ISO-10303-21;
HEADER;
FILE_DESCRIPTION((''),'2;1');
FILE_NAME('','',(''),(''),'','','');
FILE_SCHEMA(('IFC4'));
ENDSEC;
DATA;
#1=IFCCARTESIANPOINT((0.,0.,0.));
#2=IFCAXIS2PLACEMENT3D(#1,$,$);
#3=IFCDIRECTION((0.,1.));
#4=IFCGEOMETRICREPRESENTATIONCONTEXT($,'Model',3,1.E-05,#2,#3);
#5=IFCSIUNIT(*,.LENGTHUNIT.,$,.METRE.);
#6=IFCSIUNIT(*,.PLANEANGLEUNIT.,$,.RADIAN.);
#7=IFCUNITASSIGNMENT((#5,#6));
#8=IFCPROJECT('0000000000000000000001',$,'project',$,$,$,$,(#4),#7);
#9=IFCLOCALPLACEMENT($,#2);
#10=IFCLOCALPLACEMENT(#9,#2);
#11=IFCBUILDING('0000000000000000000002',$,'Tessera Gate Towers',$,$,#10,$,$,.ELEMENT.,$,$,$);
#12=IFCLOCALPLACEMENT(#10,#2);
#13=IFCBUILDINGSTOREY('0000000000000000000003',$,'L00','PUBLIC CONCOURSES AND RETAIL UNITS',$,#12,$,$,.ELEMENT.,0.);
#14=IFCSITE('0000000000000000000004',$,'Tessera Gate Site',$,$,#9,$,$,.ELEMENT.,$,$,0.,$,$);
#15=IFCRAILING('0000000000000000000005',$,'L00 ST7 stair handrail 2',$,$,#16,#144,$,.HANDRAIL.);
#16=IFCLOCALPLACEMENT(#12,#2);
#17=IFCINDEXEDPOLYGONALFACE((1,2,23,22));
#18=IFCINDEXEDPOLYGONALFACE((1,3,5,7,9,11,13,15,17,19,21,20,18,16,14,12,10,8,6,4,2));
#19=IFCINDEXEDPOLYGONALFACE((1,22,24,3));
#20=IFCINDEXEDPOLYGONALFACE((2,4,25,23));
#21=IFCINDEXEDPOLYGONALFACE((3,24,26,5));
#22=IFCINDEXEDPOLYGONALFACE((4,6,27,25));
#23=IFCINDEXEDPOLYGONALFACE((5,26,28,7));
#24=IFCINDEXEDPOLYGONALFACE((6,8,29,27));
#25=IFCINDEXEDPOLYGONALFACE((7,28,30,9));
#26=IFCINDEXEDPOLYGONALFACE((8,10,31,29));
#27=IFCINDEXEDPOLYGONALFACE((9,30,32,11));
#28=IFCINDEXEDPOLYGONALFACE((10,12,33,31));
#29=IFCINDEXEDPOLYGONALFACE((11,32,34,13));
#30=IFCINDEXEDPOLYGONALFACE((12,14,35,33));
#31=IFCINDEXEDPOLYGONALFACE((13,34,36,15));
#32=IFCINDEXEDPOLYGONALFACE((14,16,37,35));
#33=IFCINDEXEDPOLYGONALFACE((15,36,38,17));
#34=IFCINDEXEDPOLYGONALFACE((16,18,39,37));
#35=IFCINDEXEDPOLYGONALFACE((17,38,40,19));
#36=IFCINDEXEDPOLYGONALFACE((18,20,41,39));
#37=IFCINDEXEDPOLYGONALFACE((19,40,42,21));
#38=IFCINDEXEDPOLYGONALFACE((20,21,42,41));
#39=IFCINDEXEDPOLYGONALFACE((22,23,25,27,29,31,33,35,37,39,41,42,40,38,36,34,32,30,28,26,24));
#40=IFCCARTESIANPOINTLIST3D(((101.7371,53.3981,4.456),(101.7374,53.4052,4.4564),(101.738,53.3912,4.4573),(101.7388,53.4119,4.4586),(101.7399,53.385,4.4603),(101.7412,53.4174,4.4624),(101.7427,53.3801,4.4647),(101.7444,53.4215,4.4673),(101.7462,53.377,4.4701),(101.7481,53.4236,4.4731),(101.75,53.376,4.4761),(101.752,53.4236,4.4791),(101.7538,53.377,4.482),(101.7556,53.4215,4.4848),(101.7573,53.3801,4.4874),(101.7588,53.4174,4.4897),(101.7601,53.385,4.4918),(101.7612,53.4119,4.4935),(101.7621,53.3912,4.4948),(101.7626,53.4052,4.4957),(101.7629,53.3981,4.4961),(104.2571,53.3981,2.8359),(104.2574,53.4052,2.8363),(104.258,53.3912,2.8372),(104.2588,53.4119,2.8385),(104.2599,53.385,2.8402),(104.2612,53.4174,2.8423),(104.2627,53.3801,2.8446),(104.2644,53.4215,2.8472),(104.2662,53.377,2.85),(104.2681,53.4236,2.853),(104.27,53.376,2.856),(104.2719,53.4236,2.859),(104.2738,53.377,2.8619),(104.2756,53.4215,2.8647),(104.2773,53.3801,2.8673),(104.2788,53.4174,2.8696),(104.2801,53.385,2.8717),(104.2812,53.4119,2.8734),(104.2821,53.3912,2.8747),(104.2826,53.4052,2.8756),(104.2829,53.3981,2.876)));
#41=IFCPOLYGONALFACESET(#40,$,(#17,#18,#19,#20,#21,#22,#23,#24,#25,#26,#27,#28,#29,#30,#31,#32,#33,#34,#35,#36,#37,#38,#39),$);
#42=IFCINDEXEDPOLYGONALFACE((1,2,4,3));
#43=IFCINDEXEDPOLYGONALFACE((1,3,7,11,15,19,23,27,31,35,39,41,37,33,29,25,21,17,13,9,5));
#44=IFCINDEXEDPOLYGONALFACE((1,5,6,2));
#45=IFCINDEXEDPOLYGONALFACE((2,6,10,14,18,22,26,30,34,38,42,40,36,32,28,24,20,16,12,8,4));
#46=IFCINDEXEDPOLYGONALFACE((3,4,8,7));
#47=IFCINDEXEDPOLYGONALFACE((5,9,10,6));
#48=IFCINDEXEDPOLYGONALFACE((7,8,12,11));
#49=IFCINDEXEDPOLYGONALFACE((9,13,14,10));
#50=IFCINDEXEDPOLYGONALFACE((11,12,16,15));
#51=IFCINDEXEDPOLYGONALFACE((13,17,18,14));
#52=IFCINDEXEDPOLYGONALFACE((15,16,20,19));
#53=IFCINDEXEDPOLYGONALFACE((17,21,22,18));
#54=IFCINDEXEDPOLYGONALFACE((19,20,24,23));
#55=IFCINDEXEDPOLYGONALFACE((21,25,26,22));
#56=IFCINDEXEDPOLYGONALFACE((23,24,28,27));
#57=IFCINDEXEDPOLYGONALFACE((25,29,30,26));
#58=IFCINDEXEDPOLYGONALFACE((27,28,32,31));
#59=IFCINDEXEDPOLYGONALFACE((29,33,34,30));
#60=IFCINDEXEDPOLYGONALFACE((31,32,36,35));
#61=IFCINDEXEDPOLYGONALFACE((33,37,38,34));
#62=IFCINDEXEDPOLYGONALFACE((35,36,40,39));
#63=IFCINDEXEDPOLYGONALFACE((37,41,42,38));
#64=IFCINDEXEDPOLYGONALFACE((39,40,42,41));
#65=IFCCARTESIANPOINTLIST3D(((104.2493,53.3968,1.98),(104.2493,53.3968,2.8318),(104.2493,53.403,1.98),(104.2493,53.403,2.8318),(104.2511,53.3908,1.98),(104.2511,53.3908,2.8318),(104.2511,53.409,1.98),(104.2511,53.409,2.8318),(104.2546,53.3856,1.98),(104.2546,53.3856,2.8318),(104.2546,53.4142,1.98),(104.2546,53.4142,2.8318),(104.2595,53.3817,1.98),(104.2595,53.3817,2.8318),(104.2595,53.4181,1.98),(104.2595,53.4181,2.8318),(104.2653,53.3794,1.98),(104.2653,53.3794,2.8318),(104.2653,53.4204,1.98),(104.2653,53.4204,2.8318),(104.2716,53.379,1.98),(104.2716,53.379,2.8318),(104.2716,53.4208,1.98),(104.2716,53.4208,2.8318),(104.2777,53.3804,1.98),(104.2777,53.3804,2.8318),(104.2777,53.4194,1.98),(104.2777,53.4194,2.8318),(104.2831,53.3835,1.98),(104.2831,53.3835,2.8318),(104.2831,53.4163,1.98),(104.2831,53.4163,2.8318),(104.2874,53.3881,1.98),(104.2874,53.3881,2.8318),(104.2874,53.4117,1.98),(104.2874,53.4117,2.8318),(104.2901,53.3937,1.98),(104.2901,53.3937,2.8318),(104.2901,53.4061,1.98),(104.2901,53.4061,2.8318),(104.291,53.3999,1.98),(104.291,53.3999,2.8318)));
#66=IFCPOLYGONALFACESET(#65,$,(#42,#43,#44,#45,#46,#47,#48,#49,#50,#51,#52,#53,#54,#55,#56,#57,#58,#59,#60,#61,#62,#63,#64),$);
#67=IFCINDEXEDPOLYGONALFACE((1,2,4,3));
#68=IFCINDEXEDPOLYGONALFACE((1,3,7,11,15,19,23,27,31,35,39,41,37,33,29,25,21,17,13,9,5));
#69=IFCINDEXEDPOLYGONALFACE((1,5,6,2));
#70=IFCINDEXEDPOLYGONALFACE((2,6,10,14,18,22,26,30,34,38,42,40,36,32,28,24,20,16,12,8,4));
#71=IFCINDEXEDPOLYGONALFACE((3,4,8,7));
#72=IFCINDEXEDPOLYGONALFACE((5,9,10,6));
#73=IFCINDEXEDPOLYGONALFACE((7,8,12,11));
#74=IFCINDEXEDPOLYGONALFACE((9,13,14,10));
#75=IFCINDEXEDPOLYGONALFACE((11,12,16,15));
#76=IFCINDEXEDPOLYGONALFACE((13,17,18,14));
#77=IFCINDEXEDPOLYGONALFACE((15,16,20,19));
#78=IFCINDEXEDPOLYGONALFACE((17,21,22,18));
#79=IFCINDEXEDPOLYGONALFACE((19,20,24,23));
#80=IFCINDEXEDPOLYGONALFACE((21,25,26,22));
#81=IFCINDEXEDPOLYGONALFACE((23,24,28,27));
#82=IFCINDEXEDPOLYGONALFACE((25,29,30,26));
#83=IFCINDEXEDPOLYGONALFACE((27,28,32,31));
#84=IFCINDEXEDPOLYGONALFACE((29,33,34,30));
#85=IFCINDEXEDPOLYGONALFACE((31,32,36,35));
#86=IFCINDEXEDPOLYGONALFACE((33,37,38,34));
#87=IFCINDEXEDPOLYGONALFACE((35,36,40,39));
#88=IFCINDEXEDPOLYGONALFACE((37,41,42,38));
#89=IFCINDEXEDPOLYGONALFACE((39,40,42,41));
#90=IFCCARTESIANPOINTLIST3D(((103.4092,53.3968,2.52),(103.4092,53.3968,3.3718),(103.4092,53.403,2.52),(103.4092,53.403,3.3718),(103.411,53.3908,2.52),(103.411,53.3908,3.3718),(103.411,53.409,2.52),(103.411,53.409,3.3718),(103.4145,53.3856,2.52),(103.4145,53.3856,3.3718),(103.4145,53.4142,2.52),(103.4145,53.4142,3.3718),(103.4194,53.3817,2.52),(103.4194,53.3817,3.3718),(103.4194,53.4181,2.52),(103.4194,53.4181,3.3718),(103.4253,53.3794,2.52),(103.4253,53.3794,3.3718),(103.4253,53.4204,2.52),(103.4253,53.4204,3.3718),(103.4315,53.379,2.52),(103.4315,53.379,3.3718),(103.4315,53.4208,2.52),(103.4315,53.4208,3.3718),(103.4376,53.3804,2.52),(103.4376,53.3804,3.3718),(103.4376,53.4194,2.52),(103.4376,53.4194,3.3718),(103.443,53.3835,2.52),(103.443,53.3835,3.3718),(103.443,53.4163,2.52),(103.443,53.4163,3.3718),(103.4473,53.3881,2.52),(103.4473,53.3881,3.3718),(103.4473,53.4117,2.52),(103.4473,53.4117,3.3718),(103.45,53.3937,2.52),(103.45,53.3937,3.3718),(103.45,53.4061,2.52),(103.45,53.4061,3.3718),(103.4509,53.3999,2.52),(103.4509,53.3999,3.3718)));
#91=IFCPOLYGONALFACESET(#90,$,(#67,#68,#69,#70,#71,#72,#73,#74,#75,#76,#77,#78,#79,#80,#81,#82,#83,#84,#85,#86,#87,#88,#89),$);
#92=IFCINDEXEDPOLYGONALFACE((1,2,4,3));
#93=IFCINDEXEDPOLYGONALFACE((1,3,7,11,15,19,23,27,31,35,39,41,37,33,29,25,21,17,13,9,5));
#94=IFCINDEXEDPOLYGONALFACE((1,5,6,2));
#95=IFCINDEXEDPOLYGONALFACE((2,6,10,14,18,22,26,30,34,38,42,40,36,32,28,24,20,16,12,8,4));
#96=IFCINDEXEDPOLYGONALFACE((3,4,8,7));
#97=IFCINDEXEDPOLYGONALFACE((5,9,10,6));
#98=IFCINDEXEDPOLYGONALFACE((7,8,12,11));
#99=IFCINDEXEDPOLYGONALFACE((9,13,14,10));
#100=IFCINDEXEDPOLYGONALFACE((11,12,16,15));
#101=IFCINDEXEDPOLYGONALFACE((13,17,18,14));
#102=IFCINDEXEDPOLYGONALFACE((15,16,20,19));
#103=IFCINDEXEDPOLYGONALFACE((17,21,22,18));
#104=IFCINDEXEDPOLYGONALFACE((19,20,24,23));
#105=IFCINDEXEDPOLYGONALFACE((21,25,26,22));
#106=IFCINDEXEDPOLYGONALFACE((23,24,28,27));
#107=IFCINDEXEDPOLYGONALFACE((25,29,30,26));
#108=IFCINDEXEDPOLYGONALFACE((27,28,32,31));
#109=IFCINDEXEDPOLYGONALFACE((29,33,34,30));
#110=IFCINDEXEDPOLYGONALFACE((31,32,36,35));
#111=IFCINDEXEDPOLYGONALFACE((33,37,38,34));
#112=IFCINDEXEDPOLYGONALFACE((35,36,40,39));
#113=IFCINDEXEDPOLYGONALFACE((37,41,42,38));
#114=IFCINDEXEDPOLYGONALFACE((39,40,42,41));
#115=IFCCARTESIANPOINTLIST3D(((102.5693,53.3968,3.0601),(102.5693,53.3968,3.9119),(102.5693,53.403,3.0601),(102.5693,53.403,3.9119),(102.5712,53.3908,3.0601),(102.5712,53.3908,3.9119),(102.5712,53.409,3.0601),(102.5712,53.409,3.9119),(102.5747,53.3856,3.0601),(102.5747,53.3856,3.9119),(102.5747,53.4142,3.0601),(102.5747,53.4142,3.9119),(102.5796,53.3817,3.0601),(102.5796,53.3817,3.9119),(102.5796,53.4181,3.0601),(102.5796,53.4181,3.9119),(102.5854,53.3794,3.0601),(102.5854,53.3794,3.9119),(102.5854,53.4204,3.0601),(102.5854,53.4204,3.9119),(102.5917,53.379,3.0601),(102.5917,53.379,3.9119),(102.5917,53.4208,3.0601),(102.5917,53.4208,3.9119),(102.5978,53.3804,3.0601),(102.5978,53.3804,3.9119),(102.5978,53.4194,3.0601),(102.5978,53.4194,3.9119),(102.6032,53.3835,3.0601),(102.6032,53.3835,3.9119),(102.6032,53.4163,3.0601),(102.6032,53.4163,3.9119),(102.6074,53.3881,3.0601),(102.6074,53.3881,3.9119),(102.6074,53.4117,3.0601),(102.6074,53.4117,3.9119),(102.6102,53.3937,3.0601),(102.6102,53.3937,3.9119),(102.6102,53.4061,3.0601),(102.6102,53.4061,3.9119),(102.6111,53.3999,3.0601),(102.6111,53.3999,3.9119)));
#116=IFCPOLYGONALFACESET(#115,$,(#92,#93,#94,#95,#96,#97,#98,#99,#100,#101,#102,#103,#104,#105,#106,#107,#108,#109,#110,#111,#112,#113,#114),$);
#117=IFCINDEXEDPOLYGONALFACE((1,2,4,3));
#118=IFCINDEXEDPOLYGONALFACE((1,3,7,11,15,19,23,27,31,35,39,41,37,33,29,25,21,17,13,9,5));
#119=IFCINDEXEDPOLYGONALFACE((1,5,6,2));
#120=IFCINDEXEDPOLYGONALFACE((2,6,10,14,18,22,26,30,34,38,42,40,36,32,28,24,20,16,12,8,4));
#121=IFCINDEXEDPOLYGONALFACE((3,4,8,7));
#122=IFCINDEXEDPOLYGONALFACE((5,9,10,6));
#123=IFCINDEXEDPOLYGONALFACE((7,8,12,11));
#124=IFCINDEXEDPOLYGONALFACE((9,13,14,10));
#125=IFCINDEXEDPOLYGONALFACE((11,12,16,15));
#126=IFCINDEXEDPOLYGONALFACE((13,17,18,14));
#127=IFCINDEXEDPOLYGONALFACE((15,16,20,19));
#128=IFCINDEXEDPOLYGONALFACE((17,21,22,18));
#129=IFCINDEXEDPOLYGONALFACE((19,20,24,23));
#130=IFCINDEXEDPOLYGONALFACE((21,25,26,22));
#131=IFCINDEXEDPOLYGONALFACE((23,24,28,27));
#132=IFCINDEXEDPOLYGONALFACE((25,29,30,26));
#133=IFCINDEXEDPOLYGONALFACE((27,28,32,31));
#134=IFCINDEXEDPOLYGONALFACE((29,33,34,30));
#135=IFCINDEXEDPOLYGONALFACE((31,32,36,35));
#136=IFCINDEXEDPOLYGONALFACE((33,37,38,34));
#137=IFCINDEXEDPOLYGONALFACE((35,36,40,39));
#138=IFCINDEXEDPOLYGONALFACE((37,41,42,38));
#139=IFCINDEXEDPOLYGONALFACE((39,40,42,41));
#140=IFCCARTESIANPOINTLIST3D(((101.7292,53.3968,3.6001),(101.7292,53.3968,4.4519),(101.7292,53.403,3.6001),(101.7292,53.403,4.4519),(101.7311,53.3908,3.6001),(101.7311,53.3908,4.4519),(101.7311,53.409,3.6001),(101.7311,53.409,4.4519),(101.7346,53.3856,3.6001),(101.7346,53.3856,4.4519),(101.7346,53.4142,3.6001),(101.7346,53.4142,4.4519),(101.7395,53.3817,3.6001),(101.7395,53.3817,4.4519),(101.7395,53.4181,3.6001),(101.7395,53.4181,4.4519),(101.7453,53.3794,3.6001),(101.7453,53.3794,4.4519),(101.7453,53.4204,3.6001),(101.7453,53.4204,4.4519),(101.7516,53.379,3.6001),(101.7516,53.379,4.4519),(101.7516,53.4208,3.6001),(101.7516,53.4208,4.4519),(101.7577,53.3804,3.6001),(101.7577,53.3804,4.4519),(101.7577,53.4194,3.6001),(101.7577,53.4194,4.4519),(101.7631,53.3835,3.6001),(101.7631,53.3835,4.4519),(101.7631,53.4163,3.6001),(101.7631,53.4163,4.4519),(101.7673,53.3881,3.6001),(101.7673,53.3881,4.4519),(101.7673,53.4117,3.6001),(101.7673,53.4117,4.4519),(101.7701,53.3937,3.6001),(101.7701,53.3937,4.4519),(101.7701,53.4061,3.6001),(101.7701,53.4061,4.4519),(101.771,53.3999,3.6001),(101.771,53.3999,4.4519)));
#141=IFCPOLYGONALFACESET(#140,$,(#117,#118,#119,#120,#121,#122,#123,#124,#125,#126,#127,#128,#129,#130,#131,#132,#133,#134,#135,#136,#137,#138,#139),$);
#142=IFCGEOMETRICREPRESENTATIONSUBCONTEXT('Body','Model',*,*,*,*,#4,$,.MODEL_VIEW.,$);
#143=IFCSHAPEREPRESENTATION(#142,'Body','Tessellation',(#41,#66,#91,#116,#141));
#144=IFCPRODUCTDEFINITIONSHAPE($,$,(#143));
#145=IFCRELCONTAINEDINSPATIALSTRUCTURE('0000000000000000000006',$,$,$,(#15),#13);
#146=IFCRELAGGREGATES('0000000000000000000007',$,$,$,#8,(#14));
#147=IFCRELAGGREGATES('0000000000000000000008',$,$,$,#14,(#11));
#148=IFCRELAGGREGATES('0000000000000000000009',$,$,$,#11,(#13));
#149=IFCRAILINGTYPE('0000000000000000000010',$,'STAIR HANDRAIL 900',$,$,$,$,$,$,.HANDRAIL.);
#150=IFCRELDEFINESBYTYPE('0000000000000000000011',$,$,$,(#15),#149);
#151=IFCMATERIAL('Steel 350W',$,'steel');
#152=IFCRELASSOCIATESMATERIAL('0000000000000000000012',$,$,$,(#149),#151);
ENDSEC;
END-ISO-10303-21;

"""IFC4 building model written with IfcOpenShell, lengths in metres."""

from ifc_helpers import new_model, si_unit, direction, frame, origin, origin_2d, place, context, subcontext, project, spatial, circle, extrude, material, type_object, element, save


model = new_model("IFC4")

# Units and contexts
model_context = context("Model", 3, precision=1e-05, world=origin(), true_north=direction((0.0, 1.0)))
body_context = subcontext(model_context, "Body", "Model", "MODEL_VIEW")
ifc_project = project(units=[si_unit("LENGTHUNIT", "METRE"), si_unit("PLANEANGLEUNIT", "RADIAN")], contexts=[model_context])

# Site, building, storey
site_placement = place(None, origin())
site = spatial("IfcSite", under=ifc_project, at=site_placement, Name="Tessera Gate Site", CompositionType="ELEMENT", RefElevation=0.0)
building_placement = place(site_placement, origin())
building = spatial("IfcBuilding", under=site, at=building_placement, Name="Tessera Gate Towers", CompositionType="ELEMENT")
storey_placement = place(building_placement, origin())
storey = spatial("IfcBuildingStorey", under=building, at=storey_placement, Name="L00", Description="PUBLIC CONCOURSES AND RETAIL UNITS", CompositionType="ELEMENT", Elevation=0.0)

# Railing
ifc_material_1 = material(Name="Steel 350W", Category="steel")
railing_type_1 = type_object("IfcRailingType", Name="STAIR HANDRAIL 900", PredefinedType="HANDRAIL", material=ifc_material_1)
railing_1_placement = place(storey_placement, frame((104.27, 53.3999, 1.98)))
element("IfcRailing", 1, at=railing_1_placement, inside=storey, type_object=railing_type_1, Name="L00 ST7 stair handrail 2", PredefinedType="HANDRAIL", context=body_context, shape_type="SweptSolid", body=[
    extrude(circle(Radius=0.0239, at=origin_2d()), frame((0.0, 0.0, 0.876), z_axis=(-0.841163, 0.0, 0.540782), x_axis=(0.0, -1.0, 0.0)), (0.0, 0.0, 1.0), 2.9958),
    extrude(circle(Radius=0.021, at=origin_2d()), origin(), (0.0, 0.0, 1.0), 0.8518),
    extrude(circle(Radius=0.021, at=origin_2d()), frame((-0.8401, 0.0, 0.54)), (0.0, 0.0, 1.0), 0.8518),
    extrude(circle(Radius=0.021, at=origin_2d()), frame((-1.6799, 0.0, 1.0801)), (0.0, 0.0, 1.0), 0.8518),
    extrude(circle(Radius=0.021, at=origin_2d()), frame((-2.52, 0.0, 1.6201)), (0.0, 0.0, 1.0), 0.8518),
])

save(model, "model.ifc")
